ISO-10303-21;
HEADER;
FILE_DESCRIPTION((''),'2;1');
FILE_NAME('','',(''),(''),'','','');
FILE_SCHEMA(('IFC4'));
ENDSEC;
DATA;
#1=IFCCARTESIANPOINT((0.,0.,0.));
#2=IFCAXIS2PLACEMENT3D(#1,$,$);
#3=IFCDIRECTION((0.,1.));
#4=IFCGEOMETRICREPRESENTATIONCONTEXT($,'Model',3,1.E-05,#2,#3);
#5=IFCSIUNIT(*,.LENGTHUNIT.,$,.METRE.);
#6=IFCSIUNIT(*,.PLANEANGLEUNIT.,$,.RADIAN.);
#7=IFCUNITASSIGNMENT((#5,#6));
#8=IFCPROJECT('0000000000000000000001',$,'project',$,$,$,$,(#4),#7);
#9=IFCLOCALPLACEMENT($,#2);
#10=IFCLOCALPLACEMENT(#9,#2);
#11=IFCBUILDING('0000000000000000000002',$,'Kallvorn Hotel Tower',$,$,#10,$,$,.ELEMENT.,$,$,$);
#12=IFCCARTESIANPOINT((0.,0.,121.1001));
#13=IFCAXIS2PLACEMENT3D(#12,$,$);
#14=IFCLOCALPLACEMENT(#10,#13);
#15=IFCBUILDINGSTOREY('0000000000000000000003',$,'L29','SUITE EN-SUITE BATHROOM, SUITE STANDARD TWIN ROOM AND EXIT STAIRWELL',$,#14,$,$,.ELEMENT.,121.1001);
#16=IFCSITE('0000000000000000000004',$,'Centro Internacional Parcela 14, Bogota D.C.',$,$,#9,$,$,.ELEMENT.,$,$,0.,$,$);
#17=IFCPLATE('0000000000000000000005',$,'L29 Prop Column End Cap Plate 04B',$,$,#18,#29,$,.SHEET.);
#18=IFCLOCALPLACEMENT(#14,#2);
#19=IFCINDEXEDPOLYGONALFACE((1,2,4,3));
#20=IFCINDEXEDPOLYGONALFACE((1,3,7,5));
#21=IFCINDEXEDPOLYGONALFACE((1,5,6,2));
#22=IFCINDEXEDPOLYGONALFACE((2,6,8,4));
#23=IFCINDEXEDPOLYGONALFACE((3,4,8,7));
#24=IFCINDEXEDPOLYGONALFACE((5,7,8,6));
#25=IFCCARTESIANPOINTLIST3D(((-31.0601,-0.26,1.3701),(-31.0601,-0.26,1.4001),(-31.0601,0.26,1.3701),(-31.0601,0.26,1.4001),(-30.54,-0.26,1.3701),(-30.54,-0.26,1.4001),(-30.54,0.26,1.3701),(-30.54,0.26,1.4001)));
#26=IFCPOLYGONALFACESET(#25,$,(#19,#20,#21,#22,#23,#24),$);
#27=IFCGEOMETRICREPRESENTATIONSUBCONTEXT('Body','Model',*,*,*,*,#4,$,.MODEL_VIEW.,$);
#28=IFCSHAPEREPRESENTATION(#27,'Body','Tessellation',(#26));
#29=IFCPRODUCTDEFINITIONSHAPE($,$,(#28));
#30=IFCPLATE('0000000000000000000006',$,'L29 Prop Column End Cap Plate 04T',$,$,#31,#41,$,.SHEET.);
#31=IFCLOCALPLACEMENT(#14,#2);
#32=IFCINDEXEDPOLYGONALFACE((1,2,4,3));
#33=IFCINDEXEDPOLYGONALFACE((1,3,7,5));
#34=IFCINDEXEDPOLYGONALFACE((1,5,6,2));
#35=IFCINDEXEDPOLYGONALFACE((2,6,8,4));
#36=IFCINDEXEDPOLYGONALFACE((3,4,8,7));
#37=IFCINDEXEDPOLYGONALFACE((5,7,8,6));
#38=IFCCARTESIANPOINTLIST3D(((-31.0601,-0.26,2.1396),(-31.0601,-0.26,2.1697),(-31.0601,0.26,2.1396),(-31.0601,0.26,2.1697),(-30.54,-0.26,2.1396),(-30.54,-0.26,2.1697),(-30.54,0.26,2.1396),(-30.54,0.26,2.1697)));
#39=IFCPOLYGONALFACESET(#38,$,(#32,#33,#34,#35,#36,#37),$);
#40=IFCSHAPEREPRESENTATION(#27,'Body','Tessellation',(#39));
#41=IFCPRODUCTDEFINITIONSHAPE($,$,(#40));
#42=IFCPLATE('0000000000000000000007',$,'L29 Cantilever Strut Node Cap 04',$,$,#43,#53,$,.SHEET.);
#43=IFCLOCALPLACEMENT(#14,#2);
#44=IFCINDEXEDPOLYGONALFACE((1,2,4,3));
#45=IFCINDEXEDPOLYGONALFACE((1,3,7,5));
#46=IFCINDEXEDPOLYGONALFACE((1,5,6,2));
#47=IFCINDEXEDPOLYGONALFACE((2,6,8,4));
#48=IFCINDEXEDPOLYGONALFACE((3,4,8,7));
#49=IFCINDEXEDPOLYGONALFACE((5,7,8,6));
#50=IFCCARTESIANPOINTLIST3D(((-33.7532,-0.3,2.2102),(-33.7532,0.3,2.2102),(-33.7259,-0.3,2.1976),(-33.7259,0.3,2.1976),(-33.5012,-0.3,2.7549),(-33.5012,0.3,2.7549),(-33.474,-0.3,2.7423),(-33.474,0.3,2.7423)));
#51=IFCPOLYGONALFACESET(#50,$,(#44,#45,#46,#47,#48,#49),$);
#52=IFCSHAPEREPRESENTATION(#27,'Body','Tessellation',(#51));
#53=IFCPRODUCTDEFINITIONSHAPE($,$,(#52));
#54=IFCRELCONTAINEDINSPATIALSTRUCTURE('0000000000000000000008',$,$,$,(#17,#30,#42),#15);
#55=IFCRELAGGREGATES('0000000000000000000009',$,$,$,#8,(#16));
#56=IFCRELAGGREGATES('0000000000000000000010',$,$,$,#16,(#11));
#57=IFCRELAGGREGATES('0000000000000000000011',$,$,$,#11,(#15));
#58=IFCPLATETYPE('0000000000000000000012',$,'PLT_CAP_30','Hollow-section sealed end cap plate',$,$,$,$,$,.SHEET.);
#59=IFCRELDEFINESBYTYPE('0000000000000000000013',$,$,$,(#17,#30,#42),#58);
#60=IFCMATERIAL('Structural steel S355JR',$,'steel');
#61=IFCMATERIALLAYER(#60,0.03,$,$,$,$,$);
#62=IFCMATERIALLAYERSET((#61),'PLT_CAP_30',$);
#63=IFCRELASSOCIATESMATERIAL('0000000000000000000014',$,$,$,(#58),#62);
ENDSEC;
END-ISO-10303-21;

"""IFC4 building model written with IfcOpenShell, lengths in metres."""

from ifc_helpers import new_model, si_unit, direction, frame, origin, origin_2d, place, context, subcontext, project, spatial, polyline, rectangle, outline, extrude, material, layer, layer_set, type_object, element, save


model = new_model("IFC4")

# Units and contexts
model_context = context("Model", 3, precision=1e-05, world=origin(), true_north=direction((0.0, 1.0)))
body_context = subcontext(model_context, "Body", "Model", "MODEL_VIEW")
ifc_project = project(units=[si_unit("LENGTHUNIT", "METRE"), si_unit("PLANEANGLEUNIT", "RADIAN")], contexts=[model_context])

# Site, building, storey
site_placement = place(None, origin())
site = spatial("IfcSite", under=ifc_project, at=site_placement, Name="Centro Internacional Parcela 14, Bogota D.C.", CompositionType="ELEMENT", RefElevation=0.0)
building_placement = place(site_placement, origin())
building = spatial("IfcBuilding", under=site, at=building_placement, Name="Kallvorn Hotel Tower", CompositionType="ELEMENT")
storey_placement = place(building_placement, frame((0.0, 0.0, 121.1001)))
storey = spatial("IfcBuildingStorey", under=building, at=storey_placement, Name="L29", Description="SUITE EN-SUITE BATHROOM, SUITE STANDARD TWIN ROOM AND EXIT STAIRWELL", CompositionType="ELEMENT", Elevation=121.1001)

# Plates
ifc_material_1 = material(Name="Structural steel S355JR", Category="steel")
ifc_layer = layer(ifc_material_1, 0.03)
ifc_layer_set = layer_set([ifc_layer], Name="PLT_CAP_30")
plate_type = type_object("IfcPlateType", Name="PLT_CAP_30", Description="Hollow-section sealed end cap plate", PredefinedType="SHEET", material=ifc_layer_set)
for number, where, z_axis, x_axis, name in (
    (1, (-30.8, 0.0, 1.3701), (0.0, 0.0, 1.0), (1.0, 0.0, 0.0), "L29 Prop Column End Cap Plate 04B"),
    (2, (-30.8, 0.0, 2.1396), (0.0, 0.0, 1.0), (1.0, 0.0, 0.0), "L29 Prop Column End Cap Plate 04T"),
):
    element("IfcPlate", number, at=place(storey_placement, frame(where, z_axis=z_axis, x_axis=x_axis)), inside=storey, type_object=plate_type, Name=name, PredefinedType="SHEET", context=body_context, shape_type="SweptSolid", body=[
        extrude(rectangle(XDim=0.52, YDim=0.52, at=origin_2d()), origin(), (0.0, 0.0, 1.0), 0.03),
    ])
plate_1_placement = place(storey_placement, frame((-33.7532, 0.3, 2.2102), z_axis=(-0.907602, 0.0, 0.419832), x_axis=(0.0, -1.0, 0.0)))
element("IfcPlate", 3, at=plate_1_placement, inside=storey, type_object=plate_type, Name="L29 Cantilever Strut Node Cap 04", PredefinedType="SHEET", context=body_context, shape_type="SweptSolid", body=[
    extrude(outline(polyline([(0.0, 0.0), (0.6001, 0.0), (0.6001, 0.6001), (0.0, 0.6001), (0.0, 0.0)])), origin(), (0.0, 0.0, -1.0), 0.03),
])

save(model, "model.ifc")
